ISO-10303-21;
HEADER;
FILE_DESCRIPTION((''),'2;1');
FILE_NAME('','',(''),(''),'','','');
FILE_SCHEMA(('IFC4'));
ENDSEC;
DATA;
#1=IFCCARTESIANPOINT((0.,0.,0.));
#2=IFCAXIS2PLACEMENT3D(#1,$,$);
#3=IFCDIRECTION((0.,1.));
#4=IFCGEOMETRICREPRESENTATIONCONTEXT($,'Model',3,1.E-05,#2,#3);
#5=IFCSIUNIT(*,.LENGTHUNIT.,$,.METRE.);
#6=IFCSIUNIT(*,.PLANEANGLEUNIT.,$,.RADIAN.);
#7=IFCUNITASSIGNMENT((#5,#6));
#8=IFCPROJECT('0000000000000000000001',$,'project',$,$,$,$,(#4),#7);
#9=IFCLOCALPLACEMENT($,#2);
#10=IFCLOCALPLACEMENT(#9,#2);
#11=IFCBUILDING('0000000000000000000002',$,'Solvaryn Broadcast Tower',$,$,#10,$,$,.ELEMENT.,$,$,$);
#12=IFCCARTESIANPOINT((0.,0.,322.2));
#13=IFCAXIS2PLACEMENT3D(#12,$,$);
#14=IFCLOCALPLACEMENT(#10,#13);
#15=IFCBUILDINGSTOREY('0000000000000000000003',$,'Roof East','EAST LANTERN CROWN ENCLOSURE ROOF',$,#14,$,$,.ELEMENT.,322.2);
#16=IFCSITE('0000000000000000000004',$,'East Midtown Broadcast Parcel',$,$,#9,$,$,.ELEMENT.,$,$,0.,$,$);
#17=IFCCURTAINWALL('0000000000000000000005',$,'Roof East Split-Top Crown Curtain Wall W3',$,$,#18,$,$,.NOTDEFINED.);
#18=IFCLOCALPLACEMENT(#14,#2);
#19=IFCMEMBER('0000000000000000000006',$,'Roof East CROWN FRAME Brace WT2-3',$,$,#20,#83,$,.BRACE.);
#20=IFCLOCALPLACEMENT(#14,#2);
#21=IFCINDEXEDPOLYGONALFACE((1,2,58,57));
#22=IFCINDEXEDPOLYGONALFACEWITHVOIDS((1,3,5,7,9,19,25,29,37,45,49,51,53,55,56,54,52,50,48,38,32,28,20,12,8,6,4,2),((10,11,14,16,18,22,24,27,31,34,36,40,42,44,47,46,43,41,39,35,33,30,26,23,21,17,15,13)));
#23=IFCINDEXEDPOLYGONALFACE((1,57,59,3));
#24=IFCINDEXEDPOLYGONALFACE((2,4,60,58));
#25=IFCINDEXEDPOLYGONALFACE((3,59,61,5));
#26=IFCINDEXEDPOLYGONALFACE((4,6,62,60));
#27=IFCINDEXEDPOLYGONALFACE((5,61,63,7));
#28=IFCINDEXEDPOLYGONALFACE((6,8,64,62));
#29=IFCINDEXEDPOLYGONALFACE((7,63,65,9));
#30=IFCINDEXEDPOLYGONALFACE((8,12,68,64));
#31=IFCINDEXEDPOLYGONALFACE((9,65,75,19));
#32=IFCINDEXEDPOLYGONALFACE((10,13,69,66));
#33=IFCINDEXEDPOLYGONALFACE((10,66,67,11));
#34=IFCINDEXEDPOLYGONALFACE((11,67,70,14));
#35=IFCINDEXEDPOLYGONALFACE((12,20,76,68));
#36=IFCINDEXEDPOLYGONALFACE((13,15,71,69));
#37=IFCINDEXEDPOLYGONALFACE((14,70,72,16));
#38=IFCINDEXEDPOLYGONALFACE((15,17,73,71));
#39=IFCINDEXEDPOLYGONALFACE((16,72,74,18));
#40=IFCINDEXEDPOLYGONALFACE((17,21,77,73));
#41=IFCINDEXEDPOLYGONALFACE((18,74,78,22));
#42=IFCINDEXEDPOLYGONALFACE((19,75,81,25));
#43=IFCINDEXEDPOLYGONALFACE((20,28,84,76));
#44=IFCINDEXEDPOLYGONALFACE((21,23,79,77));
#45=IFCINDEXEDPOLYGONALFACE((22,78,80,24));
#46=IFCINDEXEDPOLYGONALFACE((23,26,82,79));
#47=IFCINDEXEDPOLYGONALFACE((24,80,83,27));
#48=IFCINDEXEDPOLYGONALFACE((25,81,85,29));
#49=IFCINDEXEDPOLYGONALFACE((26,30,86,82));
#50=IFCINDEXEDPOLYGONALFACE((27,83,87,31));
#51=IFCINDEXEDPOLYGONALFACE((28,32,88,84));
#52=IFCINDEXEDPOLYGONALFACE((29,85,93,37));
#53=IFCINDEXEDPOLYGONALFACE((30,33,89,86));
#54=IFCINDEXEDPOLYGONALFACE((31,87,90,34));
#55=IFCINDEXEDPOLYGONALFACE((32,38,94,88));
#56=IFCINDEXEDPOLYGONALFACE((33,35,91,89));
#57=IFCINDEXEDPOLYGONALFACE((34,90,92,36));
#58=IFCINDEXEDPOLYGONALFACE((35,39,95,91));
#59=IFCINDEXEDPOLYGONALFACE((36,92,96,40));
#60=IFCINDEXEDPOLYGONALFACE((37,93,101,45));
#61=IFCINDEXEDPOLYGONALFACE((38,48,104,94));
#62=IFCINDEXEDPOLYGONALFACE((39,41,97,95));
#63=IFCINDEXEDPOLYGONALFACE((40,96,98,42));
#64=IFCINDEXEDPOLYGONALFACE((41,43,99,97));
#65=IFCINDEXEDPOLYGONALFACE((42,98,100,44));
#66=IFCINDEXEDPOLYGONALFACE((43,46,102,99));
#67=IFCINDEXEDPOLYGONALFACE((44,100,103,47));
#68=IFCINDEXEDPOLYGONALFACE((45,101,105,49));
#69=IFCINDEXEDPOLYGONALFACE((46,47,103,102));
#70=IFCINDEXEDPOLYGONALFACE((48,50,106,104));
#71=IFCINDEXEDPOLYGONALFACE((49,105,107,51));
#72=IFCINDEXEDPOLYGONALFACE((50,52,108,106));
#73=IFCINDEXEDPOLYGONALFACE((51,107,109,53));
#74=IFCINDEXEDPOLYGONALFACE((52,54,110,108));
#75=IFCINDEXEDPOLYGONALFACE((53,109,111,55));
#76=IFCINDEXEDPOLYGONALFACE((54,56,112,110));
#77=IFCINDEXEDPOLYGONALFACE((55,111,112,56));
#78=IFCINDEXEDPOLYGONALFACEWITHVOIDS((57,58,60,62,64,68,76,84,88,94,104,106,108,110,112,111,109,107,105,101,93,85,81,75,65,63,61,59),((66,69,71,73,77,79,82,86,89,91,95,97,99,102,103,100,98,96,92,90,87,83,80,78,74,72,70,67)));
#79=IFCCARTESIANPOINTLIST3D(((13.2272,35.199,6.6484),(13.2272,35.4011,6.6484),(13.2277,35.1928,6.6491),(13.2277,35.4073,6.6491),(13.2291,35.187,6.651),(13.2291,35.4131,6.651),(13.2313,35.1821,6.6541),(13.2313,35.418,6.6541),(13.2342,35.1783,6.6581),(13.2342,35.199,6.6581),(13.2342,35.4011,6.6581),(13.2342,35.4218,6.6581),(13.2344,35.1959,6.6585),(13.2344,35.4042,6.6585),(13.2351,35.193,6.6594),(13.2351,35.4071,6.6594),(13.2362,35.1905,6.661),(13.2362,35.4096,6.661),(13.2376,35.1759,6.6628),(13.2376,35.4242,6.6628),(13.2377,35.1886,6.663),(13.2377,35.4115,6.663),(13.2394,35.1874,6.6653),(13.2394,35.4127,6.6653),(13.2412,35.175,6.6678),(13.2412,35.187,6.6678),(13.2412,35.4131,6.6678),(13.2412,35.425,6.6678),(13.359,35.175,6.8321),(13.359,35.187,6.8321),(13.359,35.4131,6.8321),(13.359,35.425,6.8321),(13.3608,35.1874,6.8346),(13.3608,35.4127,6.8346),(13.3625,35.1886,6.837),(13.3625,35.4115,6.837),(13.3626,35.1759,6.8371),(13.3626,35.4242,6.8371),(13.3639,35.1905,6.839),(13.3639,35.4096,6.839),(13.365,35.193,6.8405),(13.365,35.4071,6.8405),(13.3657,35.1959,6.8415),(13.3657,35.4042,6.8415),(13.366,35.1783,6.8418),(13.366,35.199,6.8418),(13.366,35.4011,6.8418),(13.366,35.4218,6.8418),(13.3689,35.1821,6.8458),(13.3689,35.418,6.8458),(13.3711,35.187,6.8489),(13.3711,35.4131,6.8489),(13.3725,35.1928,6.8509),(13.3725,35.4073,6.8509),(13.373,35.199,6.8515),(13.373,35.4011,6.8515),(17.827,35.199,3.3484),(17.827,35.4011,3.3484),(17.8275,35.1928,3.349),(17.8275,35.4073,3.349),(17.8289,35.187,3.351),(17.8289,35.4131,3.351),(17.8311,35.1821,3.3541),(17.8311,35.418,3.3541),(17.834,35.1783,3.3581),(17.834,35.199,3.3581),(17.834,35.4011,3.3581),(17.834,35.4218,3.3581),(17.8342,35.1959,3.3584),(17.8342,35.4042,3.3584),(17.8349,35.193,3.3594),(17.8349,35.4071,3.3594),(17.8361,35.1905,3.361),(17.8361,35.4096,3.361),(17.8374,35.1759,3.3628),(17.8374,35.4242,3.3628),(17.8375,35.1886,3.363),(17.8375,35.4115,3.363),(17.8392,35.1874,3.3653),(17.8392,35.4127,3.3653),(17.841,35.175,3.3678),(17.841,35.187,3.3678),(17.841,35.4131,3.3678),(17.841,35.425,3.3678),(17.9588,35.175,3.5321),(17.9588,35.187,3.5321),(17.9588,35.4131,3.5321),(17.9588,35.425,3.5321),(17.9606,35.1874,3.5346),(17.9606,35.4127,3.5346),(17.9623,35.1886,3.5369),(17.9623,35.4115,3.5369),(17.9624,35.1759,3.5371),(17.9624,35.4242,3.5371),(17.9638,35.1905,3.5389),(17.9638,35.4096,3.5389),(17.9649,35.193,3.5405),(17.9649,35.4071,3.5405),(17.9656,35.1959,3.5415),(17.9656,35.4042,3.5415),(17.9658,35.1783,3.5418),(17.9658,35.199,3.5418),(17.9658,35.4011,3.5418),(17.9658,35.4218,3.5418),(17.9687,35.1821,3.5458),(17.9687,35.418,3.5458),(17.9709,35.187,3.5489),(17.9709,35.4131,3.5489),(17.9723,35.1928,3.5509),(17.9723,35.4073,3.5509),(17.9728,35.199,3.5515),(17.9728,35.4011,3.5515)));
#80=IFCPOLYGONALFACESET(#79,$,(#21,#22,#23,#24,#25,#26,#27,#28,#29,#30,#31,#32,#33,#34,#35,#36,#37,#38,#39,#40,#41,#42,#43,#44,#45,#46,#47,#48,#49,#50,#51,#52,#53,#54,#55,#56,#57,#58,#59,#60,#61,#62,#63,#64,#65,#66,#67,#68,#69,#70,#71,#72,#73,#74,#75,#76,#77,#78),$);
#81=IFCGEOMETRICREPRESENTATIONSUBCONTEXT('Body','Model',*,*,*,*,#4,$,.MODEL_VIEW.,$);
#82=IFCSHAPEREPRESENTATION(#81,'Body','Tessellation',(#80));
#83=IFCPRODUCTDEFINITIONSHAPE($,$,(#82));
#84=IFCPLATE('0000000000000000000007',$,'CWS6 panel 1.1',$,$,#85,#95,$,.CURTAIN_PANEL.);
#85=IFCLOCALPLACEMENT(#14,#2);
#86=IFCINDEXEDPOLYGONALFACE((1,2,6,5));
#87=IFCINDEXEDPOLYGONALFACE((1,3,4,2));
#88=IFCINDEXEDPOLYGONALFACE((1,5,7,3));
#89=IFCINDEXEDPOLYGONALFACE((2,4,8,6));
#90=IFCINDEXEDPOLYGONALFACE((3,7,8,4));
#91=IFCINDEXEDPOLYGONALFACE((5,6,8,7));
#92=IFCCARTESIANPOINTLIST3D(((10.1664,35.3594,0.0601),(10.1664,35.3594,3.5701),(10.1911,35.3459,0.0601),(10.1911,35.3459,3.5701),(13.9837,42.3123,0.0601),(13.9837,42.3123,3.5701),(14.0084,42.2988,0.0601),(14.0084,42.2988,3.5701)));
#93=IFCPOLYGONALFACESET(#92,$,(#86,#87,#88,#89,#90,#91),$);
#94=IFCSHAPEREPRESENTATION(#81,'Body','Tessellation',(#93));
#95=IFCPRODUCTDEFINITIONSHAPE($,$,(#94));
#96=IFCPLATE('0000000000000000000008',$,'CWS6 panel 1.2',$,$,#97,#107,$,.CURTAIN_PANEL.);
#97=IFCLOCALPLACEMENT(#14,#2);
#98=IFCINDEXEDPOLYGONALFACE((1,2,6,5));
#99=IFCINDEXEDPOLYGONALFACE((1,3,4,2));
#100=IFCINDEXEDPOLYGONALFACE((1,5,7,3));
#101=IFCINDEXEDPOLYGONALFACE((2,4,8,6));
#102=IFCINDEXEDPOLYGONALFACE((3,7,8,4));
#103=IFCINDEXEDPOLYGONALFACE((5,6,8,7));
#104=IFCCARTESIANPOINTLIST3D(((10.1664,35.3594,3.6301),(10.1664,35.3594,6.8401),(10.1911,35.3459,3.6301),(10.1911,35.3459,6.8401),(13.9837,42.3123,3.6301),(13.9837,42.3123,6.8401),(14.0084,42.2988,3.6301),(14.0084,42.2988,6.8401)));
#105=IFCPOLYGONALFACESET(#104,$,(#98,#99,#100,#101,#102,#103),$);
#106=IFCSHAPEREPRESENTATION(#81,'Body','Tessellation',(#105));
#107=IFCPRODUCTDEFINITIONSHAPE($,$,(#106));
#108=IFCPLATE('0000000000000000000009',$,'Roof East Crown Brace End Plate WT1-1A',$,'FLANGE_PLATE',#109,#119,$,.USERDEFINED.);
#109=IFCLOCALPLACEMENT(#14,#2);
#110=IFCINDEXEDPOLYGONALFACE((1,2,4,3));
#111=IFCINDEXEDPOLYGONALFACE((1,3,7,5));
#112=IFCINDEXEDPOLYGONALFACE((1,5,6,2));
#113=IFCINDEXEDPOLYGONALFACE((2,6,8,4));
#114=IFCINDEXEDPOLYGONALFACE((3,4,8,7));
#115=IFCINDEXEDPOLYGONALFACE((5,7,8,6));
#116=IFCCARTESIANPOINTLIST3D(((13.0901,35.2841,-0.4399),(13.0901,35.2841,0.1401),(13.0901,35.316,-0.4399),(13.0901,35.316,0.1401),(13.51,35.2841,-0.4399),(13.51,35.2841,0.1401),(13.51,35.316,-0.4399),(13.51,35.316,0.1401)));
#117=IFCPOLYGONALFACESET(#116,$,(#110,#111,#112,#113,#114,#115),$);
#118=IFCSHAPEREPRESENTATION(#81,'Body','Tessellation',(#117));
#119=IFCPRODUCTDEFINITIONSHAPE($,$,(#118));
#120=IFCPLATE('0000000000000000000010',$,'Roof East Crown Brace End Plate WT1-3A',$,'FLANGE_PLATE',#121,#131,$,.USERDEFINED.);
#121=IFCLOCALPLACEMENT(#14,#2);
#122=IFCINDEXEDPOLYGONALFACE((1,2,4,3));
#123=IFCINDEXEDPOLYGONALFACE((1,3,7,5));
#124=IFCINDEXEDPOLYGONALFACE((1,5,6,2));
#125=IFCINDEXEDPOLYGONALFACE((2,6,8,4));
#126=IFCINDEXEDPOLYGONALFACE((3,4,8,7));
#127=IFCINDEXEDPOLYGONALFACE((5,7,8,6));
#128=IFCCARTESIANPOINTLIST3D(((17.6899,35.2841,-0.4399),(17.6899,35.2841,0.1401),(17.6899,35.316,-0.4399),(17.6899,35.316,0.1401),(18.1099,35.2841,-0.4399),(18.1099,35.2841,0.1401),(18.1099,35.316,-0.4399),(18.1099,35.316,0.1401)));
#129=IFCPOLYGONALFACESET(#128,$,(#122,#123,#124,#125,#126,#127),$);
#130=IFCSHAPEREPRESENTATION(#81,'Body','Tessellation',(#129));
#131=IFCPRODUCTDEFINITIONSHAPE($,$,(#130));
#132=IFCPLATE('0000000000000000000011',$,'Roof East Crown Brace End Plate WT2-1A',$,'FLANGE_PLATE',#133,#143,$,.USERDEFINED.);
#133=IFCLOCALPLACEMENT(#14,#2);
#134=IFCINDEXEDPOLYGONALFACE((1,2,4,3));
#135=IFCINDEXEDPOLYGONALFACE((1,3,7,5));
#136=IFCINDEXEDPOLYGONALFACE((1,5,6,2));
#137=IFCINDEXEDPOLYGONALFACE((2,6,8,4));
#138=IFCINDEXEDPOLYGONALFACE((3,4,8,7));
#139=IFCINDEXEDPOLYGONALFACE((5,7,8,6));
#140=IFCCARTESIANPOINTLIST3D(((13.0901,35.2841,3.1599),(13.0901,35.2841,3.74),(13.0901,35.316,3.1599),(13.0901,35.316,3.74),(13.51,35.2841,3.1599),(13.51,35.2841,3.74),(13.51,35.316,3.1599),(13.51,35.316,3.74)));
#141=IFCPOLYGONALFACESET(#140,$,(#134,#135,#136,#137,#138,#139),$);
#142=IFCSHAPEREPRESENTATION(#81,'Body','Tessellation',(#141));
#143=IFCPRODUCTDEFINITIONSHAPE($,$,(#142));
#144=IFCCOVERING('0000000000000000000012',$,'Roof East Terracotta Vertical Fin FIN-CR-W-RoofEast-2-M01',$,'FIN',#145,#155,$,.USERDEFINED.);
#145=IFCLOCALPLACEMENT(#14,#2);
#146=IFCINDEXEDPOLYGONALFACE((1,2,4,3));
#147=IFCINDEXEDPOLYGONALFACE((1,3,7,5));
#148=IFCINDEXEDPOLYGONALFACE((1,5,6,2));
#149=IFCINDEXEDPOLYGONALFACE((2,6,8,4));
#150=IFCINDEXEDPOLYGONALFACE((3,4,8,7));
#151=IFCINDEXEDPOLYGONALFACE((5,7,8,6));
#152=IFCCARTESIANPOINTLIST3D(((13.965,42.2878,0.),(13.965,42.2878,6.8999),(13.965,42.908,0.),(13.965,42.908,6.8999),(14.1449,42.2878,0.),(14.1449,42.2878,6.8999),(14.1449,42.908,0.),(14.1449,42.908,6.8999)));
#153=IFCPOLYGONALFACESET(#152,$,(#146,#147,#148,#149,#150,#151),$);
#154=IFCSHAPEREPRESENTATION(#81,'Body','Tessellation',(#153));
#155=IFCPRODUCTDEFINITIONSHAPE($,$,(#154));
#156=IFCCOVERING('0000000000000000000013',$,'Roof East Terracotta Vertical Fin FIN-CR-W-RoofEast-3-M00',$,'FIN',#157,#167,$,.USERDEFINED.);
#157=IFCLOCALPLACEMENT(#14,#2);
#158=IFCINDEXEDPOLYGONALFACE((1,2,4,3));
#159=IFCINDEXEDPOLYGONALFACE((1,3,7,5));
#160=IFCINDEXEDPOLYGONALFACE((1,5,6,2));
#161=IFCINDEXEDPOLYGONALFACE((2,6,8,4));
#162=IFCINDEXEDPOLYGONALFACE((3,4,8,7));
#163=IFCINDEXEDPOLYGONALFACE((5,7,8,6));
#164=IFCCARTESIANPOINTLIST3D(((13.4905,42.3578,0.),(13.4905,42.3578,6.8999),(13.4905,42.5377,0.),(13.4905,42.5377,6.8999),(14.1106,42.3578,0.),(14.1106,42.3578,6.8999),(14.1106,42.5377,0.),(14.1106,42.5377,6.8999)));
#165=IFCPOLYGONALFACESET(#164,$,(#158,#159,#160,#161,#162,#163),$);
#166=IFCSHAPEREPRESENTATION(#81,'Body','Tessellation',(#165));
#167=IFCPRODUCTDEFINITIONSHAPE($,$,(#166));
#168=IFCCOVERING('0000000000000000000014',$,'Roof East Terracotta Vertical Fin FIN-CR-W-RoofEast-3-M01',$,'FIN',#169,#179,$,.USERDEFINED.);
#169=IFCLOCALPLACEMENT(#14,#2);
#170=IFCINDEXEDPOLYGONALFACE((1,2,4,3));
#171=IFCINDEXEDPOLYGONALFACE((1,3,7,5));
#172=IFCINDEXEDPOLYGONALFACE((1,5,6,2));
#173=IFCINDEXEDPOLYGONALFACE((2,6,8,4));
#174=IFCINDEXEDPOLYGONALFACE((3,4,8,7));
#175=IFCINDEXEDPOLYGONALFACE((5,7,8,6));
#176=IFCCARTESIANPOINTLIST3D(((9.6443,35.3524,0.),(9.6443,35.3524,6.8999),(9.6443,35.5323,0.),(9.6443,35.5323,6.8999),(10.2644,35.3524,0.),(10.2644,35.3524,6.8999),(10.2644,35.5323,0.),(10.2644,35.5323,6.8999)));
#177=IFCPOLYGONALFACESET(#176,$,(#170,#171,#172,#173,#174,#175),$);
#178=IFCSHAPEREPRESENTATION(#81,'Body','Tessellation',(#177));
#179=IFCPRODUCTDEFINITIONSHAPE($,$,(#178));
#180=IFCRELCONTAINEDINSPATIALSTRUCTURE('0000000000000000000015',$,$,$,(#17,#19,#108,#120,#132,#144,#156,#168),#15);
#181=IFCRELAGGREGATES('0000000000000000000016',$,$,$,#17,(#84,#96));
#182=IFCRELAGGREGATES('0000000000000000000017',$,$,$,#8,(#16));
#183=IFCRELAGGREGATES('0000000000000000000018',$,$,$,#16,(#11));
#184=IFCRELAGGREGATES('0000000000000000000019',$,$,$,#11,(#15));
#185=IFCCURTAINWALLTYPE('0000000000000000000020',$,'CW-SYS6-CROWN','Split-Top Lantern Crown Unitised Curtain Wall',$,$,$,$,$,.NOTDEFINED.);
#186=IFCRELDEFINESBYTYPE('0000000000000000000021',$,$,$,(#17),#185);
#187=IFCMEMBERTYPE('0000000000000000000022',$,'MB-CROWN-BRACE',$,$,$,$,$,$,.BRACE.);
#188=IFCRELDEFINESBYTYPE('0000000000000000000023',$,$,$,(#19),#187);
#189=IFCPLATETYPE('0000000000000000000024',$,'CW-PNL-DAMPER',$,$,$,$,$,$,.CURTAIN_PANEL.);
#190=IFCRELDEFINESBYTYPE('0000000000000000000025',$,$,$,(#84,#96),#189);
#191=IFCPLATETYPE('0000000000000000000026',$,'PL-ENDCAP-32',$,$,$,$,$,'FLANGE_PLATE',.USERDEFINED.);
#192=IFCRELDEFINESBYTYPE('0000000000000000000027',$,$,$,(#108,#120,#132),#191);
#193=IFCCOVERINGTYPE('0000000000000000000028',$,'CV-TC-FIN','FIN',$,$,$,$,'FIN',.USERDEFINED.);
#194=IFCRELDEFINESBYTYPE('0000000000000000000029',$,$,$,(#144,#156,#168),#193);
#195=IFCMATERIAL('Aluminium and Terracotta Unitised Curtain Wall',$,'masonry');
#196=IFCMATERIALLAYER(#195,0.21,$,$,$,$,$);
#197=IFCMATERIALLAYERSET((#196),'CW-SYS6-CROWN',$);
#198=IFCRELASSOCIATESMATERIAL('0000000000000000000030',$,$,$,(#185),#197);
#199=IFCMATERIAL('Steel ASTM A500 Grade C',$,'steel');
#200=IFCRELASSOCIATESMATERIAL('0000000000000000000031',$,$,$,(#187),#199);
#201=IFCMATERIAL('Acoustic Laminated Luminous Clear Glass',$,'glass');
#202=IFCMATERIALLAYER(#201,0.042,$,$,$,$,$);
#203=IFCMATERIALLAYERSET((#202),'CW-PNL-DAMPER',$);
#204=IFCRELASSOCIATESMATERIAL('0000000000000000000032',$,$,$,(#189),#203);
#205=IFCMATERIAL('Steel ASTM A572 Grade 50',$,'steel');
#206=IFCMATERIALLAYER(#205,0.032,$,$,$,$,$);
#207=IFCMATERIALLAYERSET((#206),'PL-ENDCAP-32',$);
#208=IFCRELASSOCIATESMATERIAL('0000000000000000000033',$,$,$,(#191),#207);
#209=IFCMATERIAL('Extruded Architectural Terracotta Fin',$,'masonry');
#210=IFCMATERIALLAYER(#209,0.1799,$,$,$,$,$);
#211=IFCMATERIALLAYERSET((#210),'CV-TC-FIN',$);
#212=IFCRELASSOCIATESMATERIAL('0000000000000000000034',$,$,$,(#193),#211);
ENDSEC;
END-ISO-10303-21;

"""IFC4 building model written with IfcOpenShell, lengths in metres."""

from ifc_helpers import new_model, si_unit, direction, frame, origin, origin_2d, place, context, subcontext, project, spatial, rectangle, hollow_rectangle, extrude, material, layer, layer_set, material_profile, profile_set, type_object, element, aggregate, save


model = new_model("IFC4")

# Units and contexts
model_context = context("Model", 3, precision=1e-05, world=origin(), true_north=direction((0.0, 1.0)))
body_context = subcontext(model_context, "Body", "Model", "MODEL_VIEW")
ifc_project = project(units=[si_unit("LENGTHUNIT", "METRE"), si_unit("PLANEANGLEUNIT", "RADIAN")], contexts=[model_context])

# Site, building, storey
site_placement = place(None, origin())
site = spatial("IfcSite", under=ifc_project, at=site_placement, Name="East Midtown Broadcast Parcel", CompositionType="ELEMENT", RefElevation=0.0)
building_placement = place(site_placement, origin())
building = spatial("IfcBuilding", under=site, at=building_placement, Name="Solvaryn Broadcast Tower", CompositionType="ELEMENT")
storey_placement = place(building_placement, frame((0.0, 0.0, 322.2)))
storey = spatial("IfcBuildingStorey", under=building, at=storey_placement, Name="Roof East", Description="EAST LANTERN CROWN ENCLOSURE ROOF", CompositionType="ELEMENT", Elevation=322.2)

# Shared definitions
ifc_material_1 = material(Name="Aluminium and Terracotta Unitised Curtain Wall", Category="masonry")
ifc_layer_1 = layer(ifc_material_1, 0.21)
ifc_layer_set_1 = layer_set([ifc_layer_1], Name="CW-SYS6-CROWN")
curtain_wall_type = type_object("IfcCurtainWallType", Name="CW-SYS6-CROWN", Description="Split-Top Lantern Crown Unitised Curtain Wall", PredefinedType="NOTDEFINED", material=ifc_layer_set_1)

# Curtain wall
curtain_wall_1_placement = place(storey_placement, origin())
curtain_wall_1 = element("IfcCurtainWall", 1, at=curtain_wall_1_placement, inside=storey, type_object=curtain_wall_type, Name="Roof East Split-Top Crown Curtain Wall W3", PredefinedType="NOTDEFINED")

# Member
ifc_material_2 = material(Name="Steel ASTM A500 Grade C", Category="steel")
ifc_material_profile_1 = material_profile(ifc_material_2, hollow_rectangle(XDim=0.25, YDim=0.25, WallThickness=0.012, InnerFilletRadius=0.012, OuterFilletRadius=0.0239, at=origin_2d()))
ifc_profile_set_1 = profile_set([ifc_material_profile_1], Name="Steel ASTM A500 Grade C")
member_type_1 = type_object("IfcMemberType", Name="MB-CROWN-BRACE", PredefinedType="BRACE", material=ifc_profile_set_1)
for number, where, z_axis, x_axis, name in (
    (2, (17.8999, 35.3, 3.45), (-0.812525, 0.0, 0.582926), (0.0, -1.0, 0.0), "Roof East CROWN FRAME Brace WT2-3"),
):
    element("IfcMember", number, at=place(storey_placement, frame(where, z_axis=z_axis, x_axis=x_axis)), inside=storey, type_object=member_type_1, Name=name, PredefinedType="BRACE", context=body_context, shape_type="SweptSolid", body=[
        extrude(hollow_rectangle(XDim=0.25, YDim=0.25, WallThickness=0.012, InnerFilletRadius=0.012, OuterFilletRadius=0.0239, at=origin_2d()), origin(), (0.0, 0.0, 1.0), 5.6611),
    ])

# Plates
ifc_material_3 = material(Name="Acoustic Laminated Luminous Clear Glass", Category="glass")
ifc_layer_2 = layer(ifc_material_3, 0.042)
ifc_layer_set_2 = layer_set([ifc_layer_2], Name="CW-PNL-DAMPER")
plate_type_1 = type_object("IfcPlateType", Name="CW-PNL-DAMPER", PredefinedType="CURTAIN_PANEL", material=ifc_layer_set_2)
plate_1_placement = place(storey_placement, frame((12.0874, 38.8291, 0.0601), z_axis=(0.0, 0.0, 1.0), x_axis=(-0.481261, -0.876578, 0.0)))
plate_1 = element("IfcPlate", 3, at=plate_1_placement, type_object=plate_type_1, Name="CWS6 panel 1.1", PredefinedType="CURTAIN_PANEL", context=body_context, shape_type="SweptSolid", body=[
    extrude(rectangle(XDim=7.9319, YDim=0.0281, at=origin_2d()), origin(), (0.0, 0.0, 1.0), 3.51),
])
plate_2_placement = place(storey_placement, frame((12.0874, 38.8291, 3.6301), z_axis=(0.0, 0.0, 1.0), x_axis=(-0.481261, -0.876578, 0.0)))
plate_2 = element("IfcPlate", 4, at=plate_2_placement, type_object=plate_type_1, Name="CWS6 panel 1.2", PredefinedType="CURTAIN_PANEL", context=body_context, shape_type="SweptSolid", body=[
    extrude(rectangle(XDim=7.9319, YDim=0.0281, at=origin_2d()), origin(), (0.0, 0.0, 1.0), 3.21),
])
aggregate(curtain_wall_1, [plate_1, plate_2])

# Plates
ifc_material_4 = material(Name="Steel ASTM A572 Grade 50", Category="steel")
ifc_layer_3 = layer(ifc_material_4, 0.032)
ifc_layer_set_3 = layer_set([ifc_layer_3], Name="PL-ENDCAP-32")
plate_type_2 = type_object("IfcPlateType", Name="PL-ENDCAP-32", ElementType="FLANGE_PLATE", PredefinedType="USERDEFINED", material=ifc_layer_set_3)
for number, where, z_axis, x_axis, name in (
    (5, (13.3, 35.3, -0.4399), (0.0, 0.0, 1.0), (1.0, 0.0, 0.0), "Roof East Crown Brace End Plate WT1-1A"),
    (6, (17.8999, 35.3, -0.4399), (0.0, 0.0, 1.0), (1.0, 0.0, 0.0), "Roof East Crown Brace End Plate WT1-3A"),
    (7, (13.3, 35.3, 3.1599), (0.0, 0.0, 1.0), (1.0, 0.0, 0.0), "Roof East Crown Brace End Plate WT2-1A"),
):
    element("IfcPlate", number, at=place(storey_placement, frame(where, z_axis=z_axis, x_axis=x_axis)), inside=storey, type_object=plate_type_2, Name=name, ObjectType="FLANGE_PLATE", PredefinedType="USERDEFINED", context=body_context, shape_type="SweptSolid", body=[
        extrude(rectangle(XDim=0.4199, YDim=0.032, at=origin_2d()), origin(), (0.0, 0.0, 1.0), 0.5801),
    ])

# Coverings
ifc_material_5 = material(Name="Extruded Architectural Terracotta Fin", Category="masonry")
ifc_layer_4 = layer(ifc_material_5, 0.1799)
ifc_layer_set_4 = layer_set([ifc_layer_4], Name="CV-TC-FIN")
covering_type = type_object("IfcCoveringType", Name="CV-TC-FIN", Description="FIN", ElementType="FIN", PredefinedType="USERDEFINED", material=ifc_layer_set_4)
covering_placement = place(storey_placement, frame((14.0549, 42.5979, 0.0), z_axis=(0.0, 0.0, 1.0), x_axis=(1.0, 0.0, 0.0)))
element("IfcCovering", 8, at=covering_placement, inside=storey, type_object=covering_type, Name="Roof East Terracotta Vertical Fin FIN-CR-W-RoofEast-2-M01", ObjectType="FIN", PredefinedType="USERDEFINED", context=body_context, shape_type="SweptSolid", body=[
    extrude(rectangle(XDim=0.1799, YDim=0.6201, at=origin_2d()), origin(), (0.0, 0.0, 1.0), 6.8999),
])
for number, where, z_axis, x_axis, name in (
    (9, (13.8005, 42.4478, 0.0), (0.0, 0.0, 1.0), (1.0, 0.0, 0.0), "Roof East Terracotta Vertical Fin FIN-CR-W-RoofEast-3-M00"),
    (10, (9.9543, 35.4424, 0.0), (0.0, 0.0, 1.0), (1.0, 0.0, 0.0), "Roof East Terracotta Vertical Fin FIN-CR-W-RoofEast-3-M01"),
):
    element("IfcCovering", number, at=place(storey_placement, frame(where, z_axis=z_axis, x_axis=x_axis)), inside=storey, type_object=covering_type, Name=name, ObjectType="FIN", PredefinedType="USERDEFINED", context=body_context, shape_type="SweptSolid", body=[
        extrude(rectangle(XDim=0.6201, YDim=0.1799, at=origin_2d()), origin(), (0.0, 0.0, 1.0), 6.8999),
    ])

save(model, "model.ifc")
